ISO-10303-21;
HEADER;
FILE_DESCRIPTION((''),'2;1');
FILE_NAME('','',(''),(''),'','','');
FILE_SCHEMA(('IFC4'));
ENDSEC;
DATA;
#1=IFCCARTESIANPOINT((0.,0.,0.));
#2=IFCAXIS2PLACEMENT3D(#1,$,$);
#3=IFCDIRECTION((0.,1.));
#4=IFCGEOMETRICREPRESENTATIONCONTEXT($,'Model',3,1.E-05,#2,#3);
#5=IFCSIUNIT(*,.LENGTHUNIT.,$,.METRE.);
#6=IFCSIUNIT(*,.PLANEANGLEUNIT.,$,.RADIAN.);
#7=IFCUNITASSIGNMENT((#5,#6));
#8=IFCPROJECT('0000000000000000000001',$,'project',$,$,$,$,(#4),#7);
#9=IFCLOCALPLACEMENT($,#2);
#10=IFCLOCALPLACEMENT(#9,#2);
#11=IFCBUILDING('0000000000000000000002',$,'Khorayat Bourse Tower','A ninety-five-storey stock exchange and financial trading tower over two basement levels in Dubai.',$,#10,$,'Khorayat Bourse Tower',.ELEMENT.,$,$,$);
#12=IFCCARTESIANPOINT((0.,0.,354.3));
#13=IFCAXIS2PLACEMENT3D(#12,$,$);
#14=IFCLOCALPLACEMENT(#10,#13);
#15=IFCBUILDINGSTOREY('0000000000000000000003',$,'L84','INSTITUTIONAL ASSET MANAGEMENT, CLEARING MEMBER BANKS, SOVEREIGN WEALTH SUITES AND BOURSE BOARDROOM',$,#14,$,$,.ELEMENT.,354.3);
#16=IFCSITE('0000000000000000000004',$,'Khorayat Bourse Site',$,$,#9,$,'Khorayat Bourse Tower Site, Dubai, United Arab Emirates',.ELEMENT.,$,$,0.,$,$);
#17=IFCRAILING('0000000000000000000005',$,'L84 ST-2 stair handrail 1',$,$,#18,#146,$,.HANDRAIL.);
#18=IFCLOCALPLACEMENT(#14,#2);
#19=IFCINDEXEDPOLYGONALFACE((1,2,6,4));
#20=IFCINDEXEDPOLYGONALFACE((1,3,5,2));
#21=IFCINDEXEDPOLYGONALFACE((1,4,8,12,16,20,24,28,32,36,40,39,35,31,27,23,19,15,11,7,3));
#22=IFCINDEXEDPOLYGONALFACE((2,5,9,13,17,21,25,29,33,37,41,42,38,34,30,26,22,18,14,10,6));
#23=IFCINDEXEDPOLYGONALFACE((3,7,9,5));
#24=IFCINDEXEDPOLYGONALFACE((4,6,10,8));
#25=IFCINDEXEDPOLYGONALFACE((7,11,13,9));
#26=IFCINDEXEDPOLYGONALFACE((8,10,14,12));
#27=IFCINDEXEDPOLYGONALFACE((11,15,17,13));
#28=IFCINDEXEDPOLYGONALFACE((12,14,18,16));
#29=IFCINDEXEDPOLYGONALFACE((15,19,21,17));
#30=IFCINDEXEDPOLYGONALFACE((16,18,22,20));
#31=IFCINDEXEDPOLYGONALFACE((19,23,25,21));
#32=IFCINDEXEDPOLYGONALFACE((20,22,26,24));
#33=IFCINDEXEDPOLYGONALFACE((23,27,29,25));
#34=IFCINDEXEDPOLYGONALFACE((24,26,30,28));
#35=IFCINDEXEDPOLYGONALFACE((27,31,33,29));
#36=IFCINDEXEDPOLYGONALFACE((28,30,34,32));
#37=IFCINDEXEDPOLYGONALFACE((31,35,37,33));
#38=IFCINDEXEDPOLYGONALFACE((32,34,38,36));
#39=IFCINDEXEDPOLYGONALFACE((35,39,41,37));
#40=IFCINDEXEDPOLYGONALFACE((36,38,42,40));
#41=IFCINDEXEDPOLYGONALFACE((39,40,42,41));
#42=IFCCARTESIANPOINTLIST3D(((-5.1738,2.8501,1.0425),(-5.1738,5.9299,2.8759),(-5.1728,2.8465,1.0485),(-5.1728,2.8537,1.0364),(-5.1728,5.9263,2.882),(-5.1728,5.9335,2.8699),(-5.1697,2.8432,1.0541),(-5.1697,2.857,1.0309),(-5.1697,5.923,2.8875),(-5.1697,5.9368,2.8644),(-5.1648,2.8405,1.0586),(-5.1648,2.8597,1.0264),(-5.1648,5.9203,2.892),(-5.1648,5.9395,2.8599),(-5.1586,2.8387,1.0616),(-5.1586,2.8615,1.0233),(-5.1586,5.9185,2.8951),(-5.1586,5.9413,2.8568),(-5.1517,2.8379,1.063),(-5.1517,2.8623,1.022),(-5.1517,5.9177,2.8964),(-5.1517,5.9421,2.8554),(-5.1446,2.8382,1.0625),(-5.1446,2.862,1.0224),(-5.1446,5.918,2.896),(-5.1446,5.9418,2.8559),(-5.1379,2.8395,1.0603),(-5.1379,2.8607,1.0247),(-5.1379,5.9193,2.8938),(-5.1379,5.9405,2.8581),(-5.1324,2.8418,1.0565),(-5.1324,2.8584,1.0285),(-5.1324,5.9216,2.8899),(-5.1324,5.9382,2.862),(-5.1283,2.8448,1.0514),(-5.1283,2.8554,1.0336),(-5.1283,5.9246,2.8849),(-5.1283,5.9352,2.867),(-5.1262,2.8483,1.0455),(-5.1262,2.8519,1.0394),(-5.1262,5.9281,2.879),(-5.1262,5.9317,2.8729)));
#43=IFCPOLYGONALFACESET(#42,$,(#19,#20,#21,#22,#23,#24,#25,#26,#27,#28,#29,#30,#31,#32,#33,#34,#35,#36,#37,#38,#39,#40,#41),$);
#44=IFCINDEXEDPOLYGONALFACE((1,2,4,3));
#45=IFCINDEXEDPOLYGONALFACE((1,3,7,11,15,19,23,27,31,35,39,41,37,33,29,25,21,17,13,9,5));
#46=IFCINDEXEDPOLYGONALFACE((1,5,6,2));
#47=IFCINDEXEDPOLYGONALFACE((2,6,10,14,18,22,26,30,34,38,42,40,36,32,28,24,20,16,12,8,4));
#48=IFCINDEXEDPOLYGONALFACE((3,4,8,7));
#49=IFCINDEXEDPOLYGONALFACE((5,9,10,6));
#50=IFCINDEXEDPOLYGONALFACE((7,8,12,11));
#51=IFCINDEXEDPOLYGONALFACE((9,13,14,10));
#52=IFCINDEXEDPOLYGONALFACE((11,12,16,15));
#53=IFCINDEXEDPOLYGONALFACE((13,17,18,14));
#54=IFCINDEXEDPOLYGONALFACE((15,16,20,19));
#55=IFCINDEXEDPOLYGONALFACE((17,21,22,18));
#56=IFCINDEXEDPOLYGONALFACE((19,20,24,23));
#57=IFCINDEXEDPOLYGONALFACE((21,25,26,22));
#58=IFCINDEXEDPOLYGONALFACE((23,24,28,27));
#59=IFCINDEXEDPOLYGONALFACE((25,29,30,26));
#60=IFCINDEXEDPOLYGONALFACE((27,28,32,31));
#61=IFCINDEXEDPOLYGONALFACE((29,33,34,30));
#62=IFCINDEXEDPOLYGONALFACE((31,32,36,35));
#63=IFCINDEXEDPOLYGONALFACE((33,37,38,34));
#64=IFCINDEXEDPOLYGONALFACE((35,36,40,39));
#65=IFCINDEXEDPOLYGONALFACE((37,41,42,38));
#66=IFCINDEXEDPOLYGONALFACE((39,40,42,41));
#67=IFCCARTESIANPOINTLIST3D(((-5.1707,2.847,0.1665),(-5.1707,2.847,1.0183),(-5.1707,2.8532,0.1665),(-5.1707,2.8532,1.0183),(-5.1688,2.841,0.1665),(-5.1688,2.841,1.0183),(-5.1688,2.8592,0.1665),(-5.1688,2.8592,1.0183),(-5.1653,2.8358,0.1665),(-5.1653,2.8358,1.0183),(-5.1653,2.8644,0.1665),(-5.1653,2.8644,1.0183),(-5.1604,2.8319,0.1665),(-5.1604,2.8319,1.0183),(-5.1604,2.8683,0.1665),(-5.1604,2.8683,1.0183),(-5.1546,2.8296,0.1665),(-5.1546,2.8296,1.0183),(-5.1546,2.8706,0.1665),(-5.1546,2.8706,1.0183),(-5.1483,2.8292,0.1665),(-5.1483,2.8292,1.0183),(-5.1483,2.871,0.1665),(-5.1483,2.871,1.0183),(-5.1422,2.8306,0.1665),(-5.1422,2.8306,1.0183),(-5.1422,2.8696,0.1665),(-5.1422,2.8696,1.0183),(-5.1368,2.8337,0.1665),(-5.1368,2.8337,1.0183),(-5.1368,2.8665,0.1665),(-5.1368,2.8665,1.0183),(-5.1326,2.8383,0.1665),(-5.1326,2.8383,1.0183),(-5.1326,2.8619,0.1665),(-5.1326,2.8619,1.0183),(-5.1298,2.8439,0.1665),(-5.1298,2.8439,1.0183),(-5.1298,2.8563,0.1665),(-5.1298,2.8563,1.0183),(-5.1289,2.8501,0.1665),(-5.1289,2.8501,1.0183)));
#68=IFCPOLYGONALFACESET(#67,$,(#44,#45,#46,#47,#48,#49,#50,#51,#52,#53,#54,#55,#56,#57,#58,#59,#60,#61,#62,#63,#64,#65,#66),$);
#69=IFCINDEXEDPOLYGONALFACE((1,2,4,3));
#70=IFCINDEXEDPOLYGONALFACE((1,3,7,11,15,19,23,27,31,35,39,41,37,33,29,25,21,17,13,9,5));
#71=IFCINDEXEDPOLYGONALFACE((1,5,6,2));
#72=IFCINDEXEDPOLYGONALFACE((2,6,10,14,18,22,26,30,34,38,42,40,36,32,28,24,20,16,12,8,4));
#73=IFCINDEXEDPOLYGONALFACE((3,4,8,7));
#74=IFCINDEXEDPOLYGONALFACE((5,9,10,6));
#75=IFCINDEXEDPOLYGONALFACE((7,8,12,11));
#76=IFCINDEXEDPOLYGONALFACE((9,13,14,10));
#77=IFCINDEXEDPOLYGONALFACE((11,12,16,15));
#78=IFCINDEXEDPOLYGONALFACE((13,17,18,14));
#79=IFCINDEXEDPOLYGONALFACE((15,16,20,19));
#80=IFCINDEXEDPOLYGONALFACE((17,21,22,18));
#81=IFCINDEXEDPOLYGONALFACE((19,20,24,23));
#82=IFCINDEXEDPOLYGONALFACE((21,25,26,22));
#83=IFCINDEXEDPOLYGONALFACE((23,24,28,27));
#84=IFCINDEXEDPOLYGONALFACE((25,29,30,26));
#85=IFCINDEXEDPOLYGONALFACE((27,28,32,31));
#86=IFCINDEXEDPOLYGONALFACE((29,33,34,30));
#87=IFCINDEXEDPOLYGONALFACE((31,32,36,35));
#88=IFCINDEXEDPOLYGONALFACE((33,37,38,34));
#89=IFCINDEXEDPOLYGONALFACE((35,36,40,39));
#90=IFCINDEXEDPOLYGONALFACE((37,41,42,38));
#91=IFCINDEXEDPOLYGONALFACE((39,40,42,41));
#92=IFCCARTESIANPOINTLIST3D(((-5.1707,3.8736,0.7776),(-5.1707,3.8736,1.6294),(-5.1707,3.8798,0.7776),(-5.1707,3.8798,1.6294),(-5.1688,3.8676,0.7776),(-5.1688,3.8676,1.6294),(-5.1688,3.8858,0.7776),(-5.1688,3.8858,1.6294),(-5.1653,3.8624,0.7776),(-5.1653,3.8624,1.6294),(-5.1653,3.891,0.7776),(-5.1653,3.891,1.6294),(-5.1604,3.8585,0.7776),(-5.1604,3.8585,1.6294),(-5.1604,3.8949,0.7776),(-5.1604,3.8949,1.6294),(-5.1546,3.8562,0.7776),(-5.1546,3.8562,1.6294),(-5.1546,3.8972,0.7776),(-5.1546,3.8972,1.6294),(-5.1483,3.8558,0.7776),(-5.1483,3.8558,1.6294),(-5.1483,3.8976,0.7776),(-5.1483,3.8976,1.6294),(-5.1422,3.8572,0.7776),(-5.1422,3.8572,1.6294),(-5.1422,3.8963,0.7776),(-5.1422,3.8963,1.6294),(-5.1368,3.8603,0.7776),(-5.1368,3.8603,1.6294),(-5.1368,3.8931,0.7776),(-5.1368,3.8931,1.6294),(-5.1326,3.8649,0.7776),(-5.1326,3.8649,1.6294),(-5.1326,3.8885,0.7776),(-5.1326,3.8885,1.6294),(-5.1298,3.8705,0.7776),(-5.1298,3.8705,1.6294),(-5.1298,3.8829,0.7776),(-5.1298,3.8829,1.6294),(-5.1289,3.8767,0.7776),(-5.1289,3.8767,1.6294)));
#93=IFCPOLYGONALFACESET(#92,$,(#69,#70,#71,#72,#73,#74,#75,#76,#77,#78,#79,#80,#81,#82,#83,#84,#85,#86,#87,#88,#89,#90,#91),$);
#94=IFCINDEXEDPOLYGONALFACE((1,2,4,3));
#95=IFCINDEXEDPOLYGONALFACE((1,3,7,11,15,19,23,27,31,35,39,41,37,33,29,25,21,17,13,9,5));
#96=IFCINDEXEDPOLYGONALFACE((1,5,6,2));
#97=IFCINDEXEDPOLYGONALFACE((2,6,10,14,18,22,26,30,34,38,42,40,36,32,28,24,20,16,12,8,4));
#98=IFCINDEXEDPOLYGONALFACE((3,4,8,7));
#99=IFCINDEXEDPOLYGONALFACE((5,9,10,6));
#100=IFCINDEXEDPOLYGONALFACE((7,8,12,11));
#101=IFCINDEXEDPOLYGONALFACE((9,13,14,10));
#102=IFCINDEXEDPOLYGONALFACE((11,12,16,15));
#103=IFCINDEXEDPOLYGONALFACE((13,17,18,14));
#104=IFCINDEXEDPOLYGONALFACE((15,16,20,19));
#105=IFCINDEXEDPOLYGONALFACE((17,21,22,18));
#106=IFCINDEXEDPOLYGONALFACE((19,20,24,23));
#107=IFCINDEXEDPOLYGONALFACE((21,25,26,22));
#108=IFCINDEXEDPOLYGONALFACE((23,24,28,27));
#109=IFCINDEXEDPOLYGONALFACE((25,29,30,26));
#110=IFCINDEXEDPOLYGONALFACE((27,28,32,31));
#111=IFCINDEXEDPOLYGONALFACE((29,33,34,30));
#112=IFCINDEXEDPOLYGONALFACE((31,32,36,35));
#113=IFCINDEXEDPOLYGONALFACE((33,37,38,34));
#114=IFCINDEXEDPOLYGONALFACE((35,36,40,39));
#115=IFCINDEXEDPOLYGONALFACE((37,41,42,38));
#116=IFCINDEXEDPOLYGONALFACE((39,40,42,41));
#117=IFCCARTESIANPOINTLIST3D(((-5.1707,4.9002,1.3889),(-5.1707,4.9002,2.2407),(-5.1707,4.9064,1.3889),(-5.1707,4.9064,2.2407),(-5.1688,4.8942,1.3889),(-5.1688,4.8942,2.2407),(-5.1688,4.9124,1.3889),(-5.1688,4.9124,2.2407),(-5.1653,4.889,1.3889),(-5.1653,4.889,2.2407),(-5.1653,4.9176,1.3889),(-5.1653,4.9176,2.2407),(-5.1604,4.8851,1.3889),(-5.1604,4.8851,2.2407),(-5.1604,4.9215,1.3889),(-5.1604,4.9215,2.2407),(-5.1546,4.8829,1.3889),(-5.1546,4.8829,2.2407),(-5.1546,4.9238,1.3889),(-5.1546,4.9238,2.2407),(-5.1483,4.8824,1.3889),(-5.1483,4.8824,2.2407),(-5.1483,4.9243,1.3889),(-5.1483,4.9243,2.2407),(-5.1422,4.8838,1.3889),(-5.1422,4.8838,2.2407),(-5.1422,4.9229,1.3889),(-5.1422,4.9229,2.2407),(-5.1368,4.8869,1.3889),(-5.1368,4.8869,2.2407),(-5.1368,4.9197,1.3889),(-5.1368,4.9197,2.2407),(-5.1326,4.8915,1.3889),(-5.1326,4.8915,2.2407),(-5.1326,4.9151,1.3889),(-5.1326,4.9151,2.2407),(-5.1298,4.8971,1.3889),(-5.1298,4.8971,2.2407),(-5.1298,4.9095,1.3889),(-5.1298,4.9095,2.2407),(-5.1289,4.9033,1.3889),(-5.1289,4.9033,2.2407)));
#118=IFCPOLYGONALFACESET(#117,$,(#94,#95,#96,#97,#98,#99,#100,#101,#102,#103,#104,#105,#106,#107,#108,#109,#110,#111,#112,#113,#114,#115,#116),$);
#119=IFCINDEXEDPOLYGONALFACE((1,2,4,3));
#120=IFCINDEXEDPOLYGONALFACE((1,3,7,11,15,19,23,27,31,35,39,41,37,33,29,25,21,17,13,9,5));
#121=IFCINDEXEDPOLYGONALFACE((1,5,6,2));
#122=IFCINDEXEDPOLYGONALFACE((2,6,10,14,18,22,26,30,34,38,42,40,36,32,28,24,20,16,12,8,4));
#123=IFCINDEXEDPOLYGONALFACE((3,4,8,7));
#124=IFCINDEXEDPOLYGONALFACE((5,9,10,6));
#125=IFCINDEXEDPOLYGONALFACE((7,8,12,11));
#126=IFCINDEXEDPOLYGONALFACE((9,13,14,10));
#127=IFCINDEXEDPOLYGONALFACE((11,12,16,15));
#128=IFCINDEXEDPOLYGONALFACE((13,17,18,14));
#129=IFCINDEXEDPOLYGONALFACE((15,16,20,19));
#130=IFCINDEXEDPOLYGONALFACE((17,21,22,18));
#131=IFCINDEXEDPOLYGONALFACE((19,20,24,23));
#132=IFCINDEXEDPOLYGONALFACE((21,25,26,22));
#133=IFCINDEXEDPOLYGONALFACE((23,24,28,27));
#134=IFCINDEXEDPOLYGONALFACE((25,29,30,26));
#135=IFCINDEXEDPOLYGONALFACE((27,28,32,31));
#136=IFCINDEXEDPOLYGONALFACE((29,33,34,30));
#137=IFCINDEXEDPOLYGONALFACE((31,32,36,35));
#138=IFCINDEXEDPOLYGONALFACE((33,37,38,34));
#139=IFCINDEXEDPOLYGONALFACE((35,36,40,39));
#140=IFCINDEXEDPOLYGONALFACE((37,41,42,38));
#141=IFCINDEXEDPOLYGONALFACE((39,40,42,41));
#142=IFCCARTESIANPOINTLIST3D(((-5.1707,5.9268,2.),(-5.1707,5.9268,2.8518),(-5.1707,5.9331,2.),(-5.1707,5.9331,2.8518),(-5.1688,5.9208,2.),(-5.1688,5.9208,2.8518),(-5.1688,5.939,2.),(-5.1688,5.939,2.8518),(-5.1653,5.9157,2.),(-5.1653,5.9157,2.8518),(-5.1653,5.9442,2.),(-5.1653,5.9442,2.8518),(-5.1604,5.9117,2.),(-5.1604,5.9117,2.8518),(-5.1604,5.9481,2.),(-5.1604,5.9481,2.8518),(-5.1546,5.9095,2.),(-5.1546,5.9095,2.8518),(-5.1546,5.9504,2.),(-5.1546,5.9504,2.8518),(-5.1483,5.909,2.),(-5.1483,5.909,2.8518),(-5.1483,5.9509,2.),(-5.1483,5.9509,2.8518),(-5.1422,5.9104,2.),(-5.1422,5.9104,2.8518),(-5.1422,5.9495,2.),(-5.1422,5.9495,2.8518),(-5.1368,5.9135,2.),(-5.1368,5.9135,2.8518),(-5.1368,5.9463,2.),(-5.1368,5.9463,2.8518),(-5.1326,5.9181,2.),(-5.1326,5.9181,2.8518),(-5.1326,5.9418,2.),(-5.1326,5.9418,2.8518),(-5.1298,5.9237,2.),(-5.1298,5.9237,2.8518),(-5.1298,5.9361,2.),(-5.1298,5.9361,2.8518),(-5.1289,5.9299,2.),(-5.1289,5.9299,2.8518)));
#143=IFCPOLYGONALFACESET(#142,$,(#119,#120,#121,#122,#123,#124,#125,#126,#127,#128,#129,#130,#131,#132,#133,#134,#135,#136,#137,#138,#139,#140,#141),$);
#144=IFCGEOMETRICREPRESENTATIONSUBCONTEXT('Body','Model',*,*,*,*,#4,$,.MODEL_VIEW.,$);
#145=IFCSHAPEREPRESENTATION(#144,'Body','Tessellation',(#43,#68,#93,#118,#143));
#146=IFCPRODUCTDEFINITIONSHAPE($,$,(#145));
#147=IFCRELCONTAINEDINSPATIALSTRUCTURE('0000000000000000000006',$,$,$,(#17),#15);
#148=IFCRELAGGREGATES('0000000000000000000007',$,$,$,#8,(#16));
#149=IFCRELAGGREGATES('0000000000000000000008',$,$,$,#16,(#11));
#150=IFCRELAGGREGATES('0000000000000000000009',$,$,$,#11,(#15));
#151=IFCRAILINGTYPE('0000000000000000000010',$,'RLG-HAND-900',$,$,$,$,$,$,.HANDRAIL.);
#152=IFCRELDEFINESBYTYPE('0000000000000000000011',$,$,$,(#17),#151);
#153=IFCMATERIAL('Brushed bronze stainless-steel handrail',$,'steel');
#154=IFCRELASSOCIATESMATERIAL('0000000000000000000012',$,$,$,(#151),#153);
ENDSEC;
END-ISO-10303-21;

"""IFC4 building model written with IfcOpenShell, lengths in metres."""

from ifc_helpers import new_model, si_unit, direction, frame, origin, origin_2d, place, context, subcontext, project, spatial, circle, extrude, source, transform, mapped, material, type_object, element, save


model = new_model("IFC4")

# Units and contexts
model_context = context("Model", 3, precision=1e-05, world=origin(), true_north=direction((0.0, 1.0)))
body_context = subcontext(model_context, "Body", "Model", "MODEL_VIEW")
ifc_project = project(units=[si_unit("LENGTHUNIT", "METRE"), si_unit("PLANEANGLEUNIT", "RADIAN")], contexts=[model_context])

# Site, building, storey
site_placement = place(None, origin())
site = spatial("IfcSite", under=ifc_project, at=site_placement, Name="Khorayat Bourse Site", LongName="Khorayat Bourse Tower Site, Dubai, United Arab Emirates", CompositionType="ELEMENT", RefElevation=0.0)
building_placement = place(site_placement, origin())
building = spatial("IfcBuilding", under=site, at=building_placement, Name="Khorayat Bourse Tower", Description="A ninety-five-storey stock exchange and financial trading tower over two basement levels in Dubai.", LongName="Khorayat Bourse Tower", CompositionType="ELEMENT")
storey_placement = place(building_placement, frame((0.0, 0.0, 354.3)))
storey = spatial("IfcBuildingStorey", under=building, at=storey_placement, Name="L84", Description="INSTITUTIONAL ASSET MANAGEMENT, CLEARING MEMBER BANKS, SOVEREIGN WEALTH SUITES AND BOURSE BOARDROOM", CompositionType="ELEMENT", Elevation=354.3)

# Railing
ifc_material_1 = material(Name="Brushed bronze stainless-steel handrail", Category="steel")
railing_type_1 = type_object("IfcRailingType", Name="RLG-HAND-900", PredefinedType="HANDRAIL", material=ifc_material_1)
shared_shape_1 = source(origin(), body_context, "Body", "SweptSolid", [
    extrude(circle(Radius=0.0239, at=origin_2d()), frame((0.0, 0.0, 0.876), z_axis=(0.0, 0.859261, 0.511538), x_axis=(-1.0, 0.0, 0.0)), (0.0, 0.0, 1.0), 3.5842),
    extrude(circle(Radius=0.021, at=origin_2d()), origin(), (0.0, 0.0, 1.0), 0.8518),
    extrude(circle(Radius=0.021, at=origin_2d()), frame((0.0, 1.0266, 0.6111)), (0.0, 0.0, 1.0), 0.8518),
    extrude(circle(Radius=0.021, at=origin_2d()), frame((0.0, 2.0532, 1.2224)), (0.0, 0.0, 1.0), 0.8518),
    extrude(circle(Radius=0.021, at=origin_2d()), frame((0.0, 3.0798, 1.8335)), (0.0, 0.0, 1.0), 0.8518),
])
railing_1_placement = place(storey_placement, frame((-5.1499, 2.8501, 0.1665)))
element("IfcRailing", 1, at=railing_1_placement, inside=storey, type_object=railing_type_1, Name="L84 ST-2 stair handrail 1", PredefinedType="HANDRAIL", context=body_context, shape_type="MappedRepresentation", body=[
    mapped(shared_shape_1, transform((0.0, 0.0, 0.0), scale=1.0)),
])

save(model, "model.ifc")
